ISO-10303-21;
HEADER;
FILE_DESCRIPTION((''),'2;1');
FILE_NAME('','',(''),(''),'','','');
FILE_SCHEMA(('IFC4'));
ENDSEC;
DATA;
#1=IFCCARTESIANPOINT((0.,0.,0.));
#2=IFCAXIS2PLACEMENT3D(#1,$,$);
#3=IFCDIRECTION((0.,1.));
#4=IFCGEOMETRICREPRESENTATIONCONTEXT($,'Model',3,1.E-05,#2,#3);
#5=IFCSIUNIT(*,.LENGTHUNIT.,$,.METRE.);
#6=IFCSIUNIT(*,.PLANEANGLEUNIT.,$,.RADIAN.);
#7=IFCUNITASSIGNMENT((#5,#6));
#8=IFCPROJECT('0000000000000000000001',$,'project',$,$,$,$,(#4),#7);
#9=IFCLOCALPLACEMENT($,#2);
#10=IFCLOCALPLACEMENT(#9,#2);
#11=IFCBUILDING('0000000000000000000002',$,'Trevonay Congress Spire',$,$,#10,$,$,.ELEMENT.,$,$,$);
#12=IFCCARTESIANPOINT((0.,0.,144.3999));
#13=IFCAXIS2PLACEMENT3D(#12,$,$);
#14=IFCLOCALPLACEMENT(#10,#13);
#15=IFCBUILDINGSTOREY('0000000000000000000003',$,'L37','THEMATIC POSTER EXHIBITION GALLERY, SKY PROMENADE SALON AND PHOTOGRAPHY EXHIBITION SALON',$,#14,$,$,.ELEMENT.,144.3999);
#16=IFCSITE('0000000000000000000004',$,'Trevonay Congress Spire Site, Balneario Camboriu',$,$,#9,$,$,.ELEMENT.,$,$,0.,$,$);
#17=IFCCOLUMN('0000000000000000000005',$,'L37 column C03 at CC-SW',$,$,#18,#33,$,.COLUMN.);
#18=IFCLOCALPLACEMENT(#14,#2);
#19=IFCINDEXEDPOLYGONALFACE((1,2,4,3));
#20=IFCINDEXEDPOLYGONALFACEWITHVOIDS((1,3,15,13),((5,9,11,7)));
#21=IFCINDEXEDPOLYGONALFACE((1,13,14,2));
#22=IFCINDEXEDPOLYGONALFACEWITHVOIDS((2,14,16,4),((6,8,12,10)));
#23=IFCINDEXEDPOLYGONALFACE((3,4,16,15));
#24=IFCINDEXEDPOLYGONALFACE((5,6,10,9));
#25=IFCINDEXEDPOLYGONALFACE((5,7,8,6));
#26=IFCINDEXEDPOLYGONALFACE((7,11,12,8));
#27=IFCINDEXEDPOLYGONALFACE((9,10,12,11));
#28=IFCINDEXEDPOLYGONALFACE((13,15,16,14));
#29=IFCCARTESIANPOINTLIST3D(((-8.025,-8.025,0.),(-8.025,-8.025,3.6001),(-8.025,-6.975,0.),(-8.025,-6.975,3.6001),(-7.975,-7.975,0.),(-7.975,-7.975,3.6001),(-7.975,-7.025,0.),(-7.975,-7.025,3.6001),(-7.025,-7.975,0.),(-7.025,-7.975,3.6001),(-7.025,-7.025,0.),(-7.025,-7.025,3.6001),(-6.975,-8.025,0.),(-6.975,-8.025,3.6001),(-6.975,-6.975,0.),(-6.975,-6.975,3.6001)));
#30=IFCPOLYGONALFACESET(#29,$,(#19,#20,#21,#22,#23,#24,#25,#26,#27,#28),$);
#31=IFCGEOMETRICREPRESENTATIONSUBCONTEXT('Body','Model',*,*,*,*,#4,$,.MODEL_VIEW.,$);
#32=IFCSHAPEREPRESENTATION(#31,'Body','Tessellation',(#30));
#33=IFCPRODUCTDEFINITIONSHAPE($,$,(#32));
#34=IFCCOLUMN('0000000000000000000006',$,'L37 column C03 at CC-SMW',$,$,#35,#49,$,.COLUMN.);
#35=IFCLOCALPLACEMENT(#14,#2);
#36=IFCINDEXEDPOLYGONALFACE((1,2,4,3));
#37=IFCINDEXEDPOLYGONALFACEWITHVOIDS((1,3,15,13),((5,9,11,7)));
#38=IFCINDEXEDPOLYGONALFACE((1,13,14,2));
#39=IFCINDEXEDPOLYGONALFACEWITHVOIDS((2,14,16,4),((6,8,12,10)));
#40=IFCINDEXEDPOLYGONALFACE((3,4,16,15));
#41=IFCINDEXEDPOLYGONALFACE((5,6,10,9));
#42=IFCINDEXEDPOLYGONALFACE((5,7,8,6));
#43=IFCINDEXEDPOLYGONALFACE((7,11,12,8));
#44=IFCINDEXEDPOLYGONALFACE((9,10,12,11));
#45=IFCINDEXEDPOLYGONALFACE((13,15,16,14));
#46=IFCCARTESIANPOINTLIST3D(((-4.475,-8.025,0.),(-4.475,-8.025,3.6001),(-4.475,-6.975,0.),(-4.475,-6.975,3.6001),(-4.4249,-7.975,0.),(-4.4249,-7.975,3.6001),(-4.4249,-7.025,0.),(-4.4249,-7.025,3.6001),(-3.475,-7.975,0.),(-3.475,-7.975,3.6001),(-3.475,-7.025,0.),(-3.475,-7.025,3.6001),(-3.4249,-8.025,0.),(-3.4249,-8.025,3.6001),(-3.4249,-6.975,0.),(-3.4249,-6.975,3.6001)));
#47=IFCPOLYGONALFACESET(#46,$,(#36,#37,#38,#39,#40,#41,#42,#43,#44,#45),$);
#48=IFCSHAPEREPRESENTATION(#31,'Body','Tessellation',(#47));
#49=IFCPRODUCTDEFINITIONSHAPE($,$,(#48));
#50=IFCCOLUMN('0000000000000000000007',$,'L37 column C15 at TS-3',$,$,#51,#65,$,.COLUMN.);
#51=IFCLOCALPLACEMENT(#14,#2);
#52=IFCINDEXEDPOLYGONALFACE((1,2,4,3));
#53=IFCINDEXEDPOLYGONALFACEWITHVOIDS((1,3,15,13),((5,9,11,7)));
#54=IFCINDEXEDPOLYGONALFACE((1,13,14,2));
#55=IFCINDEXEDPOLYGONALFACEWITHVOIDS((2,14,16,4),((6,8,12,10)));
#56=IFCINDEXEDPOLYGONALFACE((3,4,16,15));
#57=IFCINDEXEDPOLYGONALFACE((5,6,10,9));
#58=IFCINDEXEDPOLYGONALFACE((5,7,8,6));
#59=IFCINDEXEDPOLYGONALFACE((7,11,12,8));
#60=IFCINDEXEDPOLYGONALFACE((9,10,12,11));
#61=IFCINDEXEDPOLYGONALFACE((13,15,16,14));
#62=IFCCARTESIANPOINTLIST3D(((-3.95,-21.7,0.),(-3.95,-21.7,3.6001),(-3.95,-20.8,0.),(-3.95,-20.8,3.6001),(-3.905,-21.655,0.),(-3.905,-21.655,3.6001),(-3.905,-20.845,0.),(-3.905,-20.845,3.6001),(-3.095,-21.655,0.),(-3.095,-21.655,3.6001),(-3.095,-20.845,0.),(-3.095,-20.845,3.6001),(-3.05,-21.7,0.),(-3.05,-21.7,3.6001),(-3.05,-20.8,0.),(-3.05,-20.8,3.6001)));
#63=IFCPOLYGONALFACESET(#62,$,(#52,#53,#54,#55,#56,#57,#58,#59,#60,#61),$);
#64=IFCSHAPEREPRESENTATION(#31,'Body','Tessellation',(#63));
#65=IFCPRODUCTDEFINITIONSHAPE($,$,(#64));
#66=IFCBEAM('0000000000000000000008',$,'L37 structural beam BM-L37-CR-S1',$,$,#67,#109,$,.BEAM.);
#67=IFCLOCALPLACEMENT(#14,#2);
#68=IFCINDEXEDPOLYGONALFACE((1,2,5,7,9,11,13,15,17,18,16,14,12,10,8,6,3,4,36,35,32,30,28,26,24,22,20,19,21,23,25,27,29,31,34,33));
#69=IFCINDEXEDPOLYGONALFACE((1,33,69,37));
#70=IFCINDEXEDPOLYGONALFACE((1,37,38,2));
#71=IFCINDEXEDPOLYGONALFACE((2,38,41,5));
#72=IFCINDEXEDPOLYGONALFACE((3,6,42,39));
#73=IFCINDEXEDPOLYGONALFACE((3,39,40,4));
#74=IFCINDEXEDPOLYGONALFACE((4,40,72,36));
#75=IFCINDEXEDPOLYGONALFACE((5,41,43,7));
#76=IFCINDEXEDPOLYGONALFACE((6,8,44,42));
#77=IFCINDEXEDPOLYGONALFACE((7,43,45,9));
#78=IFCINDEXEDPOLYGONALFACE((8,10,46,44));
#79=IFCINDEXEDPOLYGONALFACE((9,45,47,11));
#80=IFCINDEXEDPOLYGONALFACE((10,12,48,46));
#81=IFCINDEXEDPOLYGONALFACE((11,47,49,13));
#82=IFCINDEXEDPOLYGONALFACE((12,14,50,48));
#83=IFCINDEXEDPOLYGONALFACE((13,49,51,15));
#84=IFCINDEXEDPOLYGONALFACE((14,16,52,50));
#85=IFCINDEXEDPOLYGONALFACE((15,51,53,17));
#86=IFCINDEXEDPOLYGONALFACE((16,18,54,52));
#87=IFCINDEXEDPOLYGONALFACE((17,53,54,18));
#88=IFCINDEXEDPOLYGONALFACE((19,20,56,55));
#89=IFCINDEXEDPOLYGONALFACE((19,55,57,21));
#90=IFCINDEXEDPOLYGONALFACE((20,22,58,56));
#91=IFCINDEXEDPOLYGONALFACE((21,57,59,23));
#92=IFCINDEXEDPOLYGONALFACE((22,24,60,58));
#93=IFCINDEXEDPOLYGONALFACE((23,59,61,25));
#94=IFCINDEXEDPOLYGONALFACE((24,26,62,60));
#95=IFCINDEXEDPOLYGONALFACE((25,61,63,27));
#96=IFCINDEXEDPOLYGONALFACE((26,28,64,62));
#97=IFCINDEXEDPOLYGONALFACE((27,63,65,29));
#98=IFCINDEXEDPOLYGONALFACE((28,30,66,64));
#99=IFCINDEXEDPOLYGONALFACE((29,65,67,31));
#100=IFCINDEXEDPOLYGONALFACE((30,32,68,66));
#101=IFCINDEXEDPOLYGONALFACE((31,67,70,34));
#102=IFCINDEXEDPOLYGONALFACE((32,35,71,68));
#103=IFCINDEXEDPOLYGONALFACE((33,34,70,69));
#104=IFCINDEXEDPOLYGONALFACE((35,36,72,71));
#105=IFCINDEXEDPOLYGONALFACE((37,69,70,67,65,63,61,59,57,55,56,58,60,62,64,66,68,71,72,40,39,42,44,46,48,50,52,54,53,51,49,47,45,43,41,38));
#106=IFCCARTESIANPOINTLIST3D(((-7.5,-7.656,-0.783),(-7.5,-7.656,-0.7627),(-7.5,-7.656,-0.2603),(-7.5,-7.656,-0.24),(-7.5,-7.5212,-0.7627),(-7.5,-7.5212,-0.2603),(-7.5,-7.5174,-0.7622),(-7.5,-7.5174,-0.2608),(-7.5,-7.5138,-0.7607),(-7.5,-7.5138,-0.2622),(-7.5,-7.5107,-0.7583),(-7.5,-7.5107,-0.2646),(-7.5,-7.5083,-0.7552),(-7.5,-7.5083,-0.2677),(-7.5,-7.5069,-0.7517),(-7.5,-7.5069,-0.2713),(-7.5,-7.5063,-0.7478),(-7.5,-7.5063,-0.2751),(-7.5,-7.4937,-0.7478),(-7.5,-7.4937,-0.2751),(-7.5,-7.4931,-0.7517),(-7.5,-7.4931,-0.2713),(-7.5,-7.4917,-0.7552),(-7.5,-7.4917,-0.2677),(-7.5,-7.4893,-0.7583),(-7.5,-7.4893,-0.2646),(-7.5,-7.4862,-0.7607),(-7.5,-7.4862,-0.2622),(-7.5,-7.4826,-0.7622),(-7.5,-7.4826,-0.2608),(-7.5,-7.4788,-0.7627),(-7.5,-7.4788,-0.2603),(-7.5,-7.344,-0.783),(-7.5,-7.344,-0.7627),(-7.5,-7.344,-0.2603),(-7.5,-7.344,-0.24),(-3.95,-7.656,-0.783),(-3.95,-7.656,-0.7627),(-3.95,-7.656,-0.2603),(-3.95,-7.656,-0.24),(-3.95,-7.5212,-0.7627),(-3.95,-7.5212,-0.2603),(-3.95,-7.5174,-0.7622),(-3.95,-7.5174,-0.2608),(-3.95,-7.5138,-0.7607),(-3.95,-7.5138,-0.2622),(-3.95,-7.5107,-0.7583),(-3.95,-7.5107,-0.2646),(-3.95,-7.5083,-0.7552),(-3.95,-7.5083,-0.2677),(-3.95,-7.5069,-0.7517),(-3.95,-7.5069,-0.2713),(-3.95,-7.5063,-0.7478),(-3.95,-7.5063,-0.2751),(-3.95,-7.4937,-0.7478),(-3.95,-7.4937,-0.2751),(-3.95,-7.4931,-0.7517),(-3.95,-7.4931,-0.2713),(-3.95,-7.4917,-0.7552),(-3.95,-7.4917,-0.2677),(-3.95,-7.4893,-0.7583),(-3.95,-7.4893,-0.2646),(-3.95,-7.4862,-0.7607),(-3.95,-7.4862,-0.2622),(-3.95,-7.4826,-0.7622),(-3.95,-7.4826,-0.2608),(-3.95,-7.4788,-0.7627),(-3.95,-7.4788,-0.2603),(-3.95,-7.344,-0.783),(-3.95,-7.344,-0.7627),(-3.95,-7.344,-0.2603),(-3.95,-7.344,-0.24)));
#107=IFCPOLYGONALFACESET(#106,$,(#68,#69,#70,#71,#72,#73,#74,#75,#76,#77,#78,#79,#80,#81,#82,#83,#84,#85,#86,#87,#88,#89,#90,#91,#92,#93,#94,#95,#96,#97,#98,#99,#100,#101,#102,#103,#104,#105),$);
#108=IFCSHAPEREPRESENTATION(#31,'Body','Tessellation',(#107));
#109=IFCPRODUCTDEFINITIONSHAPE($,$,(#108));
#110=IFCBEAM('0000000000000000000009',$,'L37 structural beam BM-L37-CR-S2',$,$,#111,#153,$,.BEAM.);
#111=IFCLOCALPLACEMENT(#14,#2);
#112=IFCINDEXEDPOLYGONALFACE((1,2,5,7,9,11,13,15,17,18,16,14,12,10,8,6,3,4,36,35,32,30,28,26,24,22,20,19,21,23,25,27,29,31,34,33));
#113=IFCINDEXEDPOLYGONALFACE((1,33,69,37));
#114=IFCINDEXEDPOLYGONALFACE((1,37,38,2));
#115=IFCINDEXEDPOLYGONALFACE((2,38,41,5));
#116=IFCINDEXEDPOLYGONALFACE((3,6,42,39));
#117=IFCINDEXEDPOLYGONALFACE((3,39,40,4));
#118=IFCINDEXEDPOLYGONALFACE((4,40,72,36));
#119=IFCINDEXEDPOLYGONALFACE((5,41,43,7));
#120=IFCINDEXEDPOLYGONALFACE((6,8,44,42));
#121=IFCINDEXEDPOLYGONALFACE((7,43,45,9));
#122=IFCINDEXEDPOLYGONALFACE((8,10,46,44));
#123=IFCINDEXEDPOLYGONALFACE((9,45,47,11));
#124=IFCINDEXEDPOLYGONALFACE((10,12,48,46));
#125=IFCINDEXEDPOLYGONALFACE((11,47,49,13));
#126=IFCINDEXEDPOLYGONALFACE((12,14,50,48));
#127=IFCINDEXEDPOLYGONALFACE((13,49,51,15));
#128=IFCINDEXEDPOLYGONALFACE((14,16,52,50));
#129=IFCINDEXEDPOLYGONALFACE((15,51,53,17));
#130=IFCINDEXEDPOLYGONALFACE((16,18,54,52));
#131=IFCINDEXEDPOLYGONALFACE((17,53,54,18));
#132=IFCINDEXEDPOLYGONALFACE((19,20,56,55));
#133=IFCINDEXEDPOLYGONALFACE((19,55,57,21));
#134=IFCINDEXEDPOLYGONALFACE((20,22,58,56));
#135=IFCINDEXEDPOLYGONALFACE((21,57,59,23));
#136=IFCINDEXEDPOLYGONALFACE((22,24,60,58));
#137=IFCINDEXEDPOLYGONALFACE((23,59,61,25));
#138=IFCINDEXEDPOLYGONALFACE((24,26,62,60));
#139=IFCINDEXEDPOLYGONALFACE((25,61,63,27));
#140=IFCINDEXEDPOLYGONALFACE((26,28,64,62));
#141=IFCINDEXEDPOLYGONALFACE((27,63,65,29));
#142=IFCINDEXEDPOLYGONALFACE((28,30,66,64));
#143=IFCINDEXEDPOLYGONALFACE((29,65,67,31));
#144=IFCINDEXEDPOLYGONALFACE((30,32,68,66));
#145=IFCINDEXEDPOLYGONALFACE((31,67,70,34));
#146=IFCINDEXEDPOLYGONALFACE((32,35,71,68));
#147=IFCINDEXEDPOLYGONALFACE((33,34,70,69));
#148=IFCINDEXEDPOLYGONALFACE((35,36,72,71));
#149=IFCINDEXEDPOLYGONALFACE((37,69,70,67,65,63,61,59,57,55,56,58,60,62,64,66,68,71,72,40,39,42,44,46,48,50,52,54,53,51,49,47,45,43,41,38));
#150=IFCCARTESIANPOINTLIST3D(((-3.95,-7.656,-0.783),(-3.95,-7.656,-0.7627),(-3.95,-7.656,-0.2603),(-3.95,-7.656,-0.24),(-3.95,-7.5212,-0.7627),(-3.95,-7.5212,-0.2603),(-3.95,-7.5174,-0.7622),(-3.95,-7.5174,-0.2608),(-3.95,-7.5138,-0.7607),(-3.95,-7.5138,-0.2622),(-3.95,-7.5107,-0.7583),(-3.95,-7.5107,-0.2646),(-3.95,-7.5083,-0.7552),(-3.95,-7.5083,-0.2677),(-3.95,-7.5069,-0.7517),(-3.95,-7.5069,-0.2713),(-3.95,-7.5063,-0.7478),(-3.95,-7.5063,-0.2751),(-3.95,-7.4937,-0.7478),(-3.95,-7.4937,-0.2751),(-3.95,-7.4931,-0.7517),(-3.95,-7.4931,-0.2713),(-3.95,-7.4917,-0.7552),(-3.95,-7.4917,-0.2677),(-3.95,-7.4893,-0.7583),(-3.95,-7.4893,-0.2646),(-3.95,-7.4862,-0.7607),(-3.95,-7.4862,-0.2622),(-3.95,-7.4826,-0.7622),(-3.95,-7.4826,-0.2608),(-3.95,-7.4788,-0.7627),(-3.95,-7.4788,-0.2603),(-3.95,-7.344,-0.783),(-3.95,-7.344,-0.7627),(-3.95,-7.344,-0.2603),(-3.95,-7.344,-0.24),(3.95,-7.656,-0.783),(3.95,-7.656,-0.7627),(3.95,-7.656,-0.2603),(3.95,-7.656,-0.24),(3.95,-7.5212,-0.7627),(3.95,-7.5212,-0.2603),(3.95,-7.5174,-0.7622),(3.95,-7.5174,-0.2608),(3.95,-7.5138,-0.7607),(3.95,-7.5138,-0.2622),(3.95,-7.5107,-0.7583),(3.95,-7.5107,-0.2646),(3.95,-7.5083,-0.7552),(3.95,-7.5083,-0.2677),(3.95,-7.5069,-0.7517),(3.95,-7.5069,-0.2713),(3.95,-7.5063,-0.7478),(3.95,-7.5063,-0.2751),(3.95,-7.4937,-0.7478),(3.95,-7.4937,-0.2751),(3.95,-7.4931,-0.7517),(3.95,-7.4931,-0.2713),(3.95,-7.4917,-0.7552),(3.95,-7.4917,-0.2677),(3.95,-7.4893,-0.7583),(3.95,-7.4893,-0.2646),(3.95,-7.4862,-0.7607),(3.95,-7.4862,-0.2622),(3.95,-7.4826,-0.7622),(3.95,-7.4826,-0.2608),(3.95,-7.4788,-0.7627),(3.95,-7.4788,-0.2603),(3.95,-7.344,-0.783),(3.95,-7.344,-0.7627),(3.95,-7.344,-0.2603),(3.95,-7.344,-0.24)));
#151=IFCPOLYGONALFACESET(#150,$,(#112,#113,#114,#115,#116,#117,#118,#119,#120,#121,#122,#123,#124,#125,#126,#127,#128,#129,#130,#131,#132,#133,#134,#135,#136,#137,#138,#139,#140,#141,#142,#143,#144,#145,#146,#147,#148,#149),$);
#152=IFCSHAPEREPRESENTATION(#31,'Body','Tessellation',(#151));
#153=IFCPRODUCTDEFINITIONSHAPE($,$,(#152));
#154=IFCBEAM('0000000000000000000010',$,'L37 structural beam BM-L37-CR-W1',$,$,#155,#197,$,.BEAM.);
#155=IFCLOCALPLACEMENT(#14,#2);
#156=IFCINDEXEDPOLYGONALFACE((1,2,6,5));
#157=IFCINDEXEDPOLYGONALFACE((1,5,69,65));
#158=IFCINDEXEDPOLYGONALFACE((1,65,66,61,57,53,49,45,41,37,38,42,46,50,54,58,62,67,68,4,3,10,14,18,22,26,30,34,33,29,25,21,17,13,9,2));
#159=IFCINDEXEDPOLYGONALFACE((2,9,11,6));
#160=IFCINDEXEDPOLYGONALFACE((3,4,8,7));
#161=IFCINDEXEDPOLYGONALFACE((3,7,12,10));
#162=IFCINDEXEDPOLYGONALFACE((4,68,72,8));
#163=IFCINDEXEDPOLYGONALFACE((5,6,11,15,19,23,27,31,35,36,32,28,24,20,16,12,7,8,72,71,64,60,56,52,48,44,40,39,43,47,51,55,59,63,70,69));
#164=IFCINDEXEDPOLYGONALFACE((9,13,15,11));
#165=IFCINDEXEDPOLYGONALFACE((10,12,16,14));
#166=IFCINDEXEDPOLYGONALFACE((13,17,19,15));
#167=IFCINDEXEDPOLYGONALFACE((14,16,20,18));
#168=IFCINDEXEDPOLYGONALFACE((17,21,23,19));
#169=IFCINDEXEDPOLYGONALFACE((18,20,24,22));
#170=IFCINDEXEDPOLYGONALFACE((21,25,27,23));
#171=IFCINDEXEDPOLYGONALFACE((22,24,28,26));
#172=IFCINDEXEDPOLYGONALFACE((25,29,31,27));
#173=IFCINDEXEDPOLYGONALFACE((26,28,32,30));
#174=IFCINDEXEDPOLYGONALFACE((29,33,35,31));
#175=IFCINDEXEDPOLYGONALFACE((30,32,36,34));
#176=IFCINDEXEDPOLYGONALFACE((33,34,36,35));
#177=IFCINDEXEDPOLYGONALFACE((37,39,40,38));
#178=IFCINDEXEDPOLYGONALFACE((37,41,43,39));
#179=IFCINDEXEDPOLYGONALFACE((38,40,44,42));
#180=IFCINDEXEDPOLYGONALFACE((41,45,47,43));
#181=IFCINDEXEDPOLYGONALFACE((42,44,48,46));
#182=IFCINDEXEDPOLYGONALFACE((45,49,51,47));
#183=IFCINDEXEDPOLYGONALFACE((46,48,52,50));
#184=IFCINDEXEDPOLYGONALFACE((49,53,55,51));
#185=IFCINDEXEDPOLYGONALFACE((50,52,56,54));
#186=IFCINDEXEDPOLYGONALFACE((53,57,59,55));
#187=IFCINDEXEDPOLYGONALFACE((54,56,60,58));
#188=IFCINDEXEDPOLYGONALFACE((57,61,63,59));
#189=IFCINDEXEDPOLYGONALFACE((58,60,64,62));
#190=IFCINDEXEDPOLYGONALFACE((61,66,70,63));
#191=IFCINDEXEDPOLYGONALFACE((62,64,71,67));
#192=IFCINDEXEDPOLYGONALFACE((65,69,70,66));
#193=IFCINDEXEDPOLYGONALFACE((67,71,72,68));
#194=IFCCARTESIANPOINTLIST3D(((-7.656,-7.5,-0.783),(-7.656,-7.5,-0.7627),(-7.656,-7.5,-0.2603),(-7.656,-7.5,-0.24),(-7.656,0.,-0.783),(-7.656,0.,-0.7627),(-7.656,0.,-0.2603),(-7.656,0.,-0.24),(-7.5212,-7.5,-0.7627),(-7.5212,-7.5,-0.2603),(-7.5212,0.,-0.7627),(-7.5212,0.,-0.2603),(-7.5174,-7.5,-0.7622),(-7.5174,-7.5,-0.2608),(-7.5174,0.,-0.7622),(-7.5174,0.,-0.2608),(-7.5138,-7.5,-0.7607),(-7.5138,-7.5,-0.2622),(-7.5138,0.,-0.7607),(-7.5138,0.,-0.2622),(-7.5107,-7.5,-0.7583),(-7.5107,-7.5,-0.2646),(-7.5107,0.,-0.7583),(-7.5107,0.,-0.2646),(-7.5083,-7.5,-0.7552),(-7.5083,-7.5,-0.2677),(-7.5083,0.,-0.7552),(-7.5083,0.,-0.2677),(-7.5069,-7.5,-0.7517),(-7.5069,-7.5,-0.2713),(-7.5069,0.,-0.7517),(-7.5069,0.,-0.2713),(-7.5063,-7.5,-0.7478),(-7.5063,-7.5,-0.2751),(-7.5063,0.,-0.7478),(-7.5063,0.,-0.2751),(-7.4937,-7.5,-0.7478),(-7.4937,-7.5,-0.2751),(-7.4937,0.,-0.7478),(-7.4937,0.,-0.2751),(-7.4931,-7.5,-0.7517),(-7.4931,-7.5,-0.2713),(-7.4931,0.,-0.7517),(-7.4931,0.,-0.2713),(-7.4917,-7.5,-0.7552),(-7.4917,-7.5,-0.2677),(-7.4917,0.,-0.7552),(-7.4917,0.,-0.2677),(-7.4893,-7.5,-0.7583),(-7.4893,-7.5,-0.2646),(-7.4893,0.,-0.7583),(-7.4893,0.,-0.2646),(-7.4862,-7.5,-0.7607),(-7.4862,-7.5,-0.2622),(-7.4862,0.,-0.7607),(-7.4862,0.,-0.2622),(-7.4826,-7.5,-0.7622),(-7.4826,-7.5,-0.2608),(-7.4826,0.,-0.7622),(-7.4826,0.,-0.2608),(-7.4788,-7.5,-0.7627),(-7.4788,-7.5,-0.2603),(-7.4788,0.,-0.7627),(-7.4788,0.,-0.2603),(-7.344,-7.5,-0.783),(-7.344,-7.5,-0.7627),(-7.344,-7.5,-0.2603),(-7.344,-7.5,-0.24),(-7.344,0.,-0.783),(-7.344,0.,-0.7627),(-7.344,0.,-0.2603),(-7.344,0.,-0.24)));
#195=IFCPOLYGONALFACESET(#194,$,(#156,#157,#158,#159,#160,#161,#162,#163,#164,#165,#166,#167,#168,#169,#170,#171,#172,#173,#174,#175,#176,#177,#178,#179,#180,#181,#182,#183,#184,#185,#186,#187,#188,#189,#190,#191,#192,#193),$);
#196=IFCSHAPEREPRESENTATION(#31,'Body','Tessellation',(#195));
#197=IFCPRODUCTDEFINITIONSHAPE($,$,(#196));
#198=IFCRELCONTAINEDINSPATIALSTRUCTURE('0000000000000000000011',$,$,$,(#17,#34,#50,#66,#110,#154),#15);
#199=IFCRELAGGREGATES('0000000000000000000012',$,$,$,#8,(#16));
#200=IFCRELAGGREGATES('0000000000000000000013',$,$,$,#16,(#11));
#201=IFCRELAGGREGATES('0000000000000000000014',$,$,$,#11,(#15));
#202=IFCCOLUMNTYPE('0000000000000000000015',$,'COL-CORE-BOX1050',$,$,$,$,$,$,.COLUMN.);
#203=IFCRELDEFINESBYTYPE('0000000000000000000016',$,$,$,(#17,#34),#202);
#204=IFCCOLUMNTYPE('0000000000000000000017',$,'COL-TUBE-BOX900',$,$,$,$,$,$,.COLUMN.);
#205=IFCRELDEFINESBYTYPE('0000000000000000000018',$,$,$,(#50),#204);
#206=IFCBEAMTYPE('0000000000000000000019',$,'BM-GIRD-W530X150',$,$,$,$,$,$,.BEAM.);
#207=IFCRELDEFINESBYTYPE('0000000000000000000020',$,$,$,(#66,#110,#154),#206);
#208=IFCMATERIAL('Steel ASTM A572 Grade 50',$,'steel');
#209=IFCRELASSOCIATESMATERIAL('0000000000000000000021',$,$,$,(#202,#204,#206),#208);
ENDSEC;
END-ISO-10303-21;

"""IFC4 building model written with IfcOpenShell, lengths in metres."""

from ifc_helpers import new_model, si_unit, direction, frame, origin, origin_2d, place, context, subcontext, project, spatial, hollow_rectangle, i_section, extrude, material, material_profile, profile_set, type_object, element, save


model = new_model("IFC4")

# Units and contexts
model_context = context("Model", 3, precision=1e-05, world=origin(), true_north=direction((0.0, 1.0)))
body_context = subcontext(model_context, "Body", "Model", "MODEL_VIEW")
ifc_project = project(units=[si_unit("LENGTHUNIT", "METRE"), si_unit("PLANEANGLEUNIT", "RADIAN")], contexts=[model_context])

# Site, building, storey
site_placement = place(None, origin())
site = spatial("IfcSite", under=ifc_project, at=site_placement, Name="Trevonay Congress Spire Site, Balneario Camboriu", CompositionType="ELEMENT", RefElevation=0.0)
building_placement = place(site_placement, origin())
building = spatial("IfcBuilding", under=site, at=building_placement, Name="Trevonay Congress Spire", CompositionType="ELEMENT")
storey_placement = place(building_placement, frame((0.0, 0.0, 144.3999)))
storey = spatial("IfcBuildingStorey", under=building, at=storey_placement, Name="L37", Description="THEMATIC POSTER EXHIBITION GALLERY, SKY PROMENADE SALON AND PHOTOGRAPHY EXHIBITION SALON", CompositionType="ELEMENT", Elevation=144.3999)

# Columns
ifc_material_1 = material(Name="Steel ASTM A572 Grade 50", Category="steel")
ifc_material_profile_1 = material_profile(ifc_material_1, hollow_rectangle(XDim=1.05, YDim=1.05, WallThickness=0.05, at=origin_2d()), Name="BOX 1050x1050x50")
ifc_profile_set_1 = profile_set([ifc_material_profile_1], Name="Steel ASTM A572 Grade 50")
column_type_1 = type_object("IfcColumnType", Name="COL-CORE-BOX1050", PredefinedType="COLUMN", material=ifc_profile_set_1)
for number, where, z_axis, x_axis, name in (
    (1, (-7.5, -7.5, 0.0), (0.0, 0.0, 1.0), (1.0, 0.0, 0.0), "L37 column C03 at CC-SW"),
    (2, (-3.95, -7.5, 0.0), (0.0, 0.0, 1.0), (1.0, 0.0, 0.0), "L37 column C03 at CC-SMW"),
):
    element("IfcColumn", number, at=place(storey_placement, frame(where, z_axis=z_axis, x_axis=x_axis)), inside=storey, type_object=column_type_1, Name=name, PredefinedType="COLUMN", context=body_context, shape_type="SweptSolid", body=[
        extrude(hollow_rectangle(XDim=1.05, YDim=1.05, WallThickness=0.05, at=origin_2d()), origin(), (0.0, 0.0, 1.0), 3.6001),
    ])
ifc_material_profile_2 = material_profile(ifc_material_1, hollow_rectangle(XDim=0.8999, YDim=0.8999, WallThickness=0.0449, at=origin_2d()), Name="BOX 900x900x45")
ifc_profile_set_2 = profile_set([ifc_material_profile_2], Name="Steel ASTM A572 Grade 50")
column_type_2 = type_object("IfcColumnType", Name="COL-TUBE-BOX900", PredefinedType="COLUMN", material=ifc_profile_set_2)
column_placement = place(storey_placement, frame((-3.5, -21.25, 0.0), z_axis=(0.0, 0.0, 1.0), x_axis=(1.0, 0.0, 0.0)))
element("IfcColumn", 3, at=column_placement, inside=storey, type_object=column_type_2, Name="L37 column C15 at TS-3", PredefinedType="COLUMN", context=body_context, shape_type="SweptSolid", body=[
    extrude(hollow_rectangle(XDim=0.8999, YDim=0.8999, WallThickness=0.0449, at=origin_2d()), origin(), (0.0, 0.0, 1.0), 3.6001),
])

# Beams
ifc_material_profile_3 = material_profile(ifc_material_1, i_section(OverallWidth=0.312, OverallDepth=0.543, WebThickness=0.0127, FlangeThickness=0.0203, FilletRadius=0.0149, at=origin_2d()), Name="W530x150")
ifc_profile_set_3 = profile_set([ifc_material_profile_3], Name="Steel ASTM A572 Grade 50")
beam_type_1 = type_object("IfcBeamType", Name="BM-GIRD-W530X150", PredefinedType="BEAM", material=ifc_profile_set_3)
beam_1_placement = place(storey_placement, frame((-7.5, -7.5, -0.5115), z_axis=(1.0, 0.0, 0.0), x_axis=(0.0, 1.0, 0.0)))
element("IfcBeam", 4, at=beam_1_placement, inside=storey, type_object=beam_type_1, Name="L37 structural beam BM-L37-CR-S1", PredefinedType="BEAM", context=body_context, shape_type="SweptSolid", body=[
    extrude(i_section(OverallWidth=0.312, OverallDepth=0.543, WebThickness=0.0127, FlangeThickness=0.0203, FilletRadius=0.0149, at=origin_2d()), origin(), (0.0, 0.0, 1.0), 3.55),
])
beam_2_placement = place(storey_placement, frame((-3.95, -7.5, -0.5115), z_axis=(1.0, 0.0, 0.0), x_axis=(0.0, 1.0, 0.0)))
element("IfcBeam", 5, at=beam_2_placement, inside=storey, type_object=beam_type_1, Name="L37 structural beam BM-L37-CR-S2", PredefinedType="BEAM", context=body_context, shape_type="SweptSolid", body=[
    extrude(i_section(OverallWidth=0.312, OverallDepth=0.543, WebThickness=0.0127, FlangeThickness=0.0203, FilletRadius=0.0149, at=origin_2d()), origin(), (0.0, 0.0, 1.0), 7.8999),
])
beam_3_placement = place(storey_placement, frame((-7.5, -7.5, -0.5115), z_axis=(0.0, 1.0, 0.0), x_axis=(-1.0, 0.0, 0.0)))
element("IfcBeam", 6, at=beam_3_placement, inside=storey, type_object=beam_type_1, Name="L37 structural beam BM-L37-CR-W1", PredefinedType="BEAM", context=body_context, shape_type="SweptSolid", body=[
    extrude(i_section(OverallWidth=0.312, OverallDepth=0.543, WebThickness=0.0127, FlangeThickness=0.0203, FilletRadius=0.0149, at=origin_2d()), origin(), (0.0, 0.0, 1.0), 7.5),
])

save(model, "model.ifc")
